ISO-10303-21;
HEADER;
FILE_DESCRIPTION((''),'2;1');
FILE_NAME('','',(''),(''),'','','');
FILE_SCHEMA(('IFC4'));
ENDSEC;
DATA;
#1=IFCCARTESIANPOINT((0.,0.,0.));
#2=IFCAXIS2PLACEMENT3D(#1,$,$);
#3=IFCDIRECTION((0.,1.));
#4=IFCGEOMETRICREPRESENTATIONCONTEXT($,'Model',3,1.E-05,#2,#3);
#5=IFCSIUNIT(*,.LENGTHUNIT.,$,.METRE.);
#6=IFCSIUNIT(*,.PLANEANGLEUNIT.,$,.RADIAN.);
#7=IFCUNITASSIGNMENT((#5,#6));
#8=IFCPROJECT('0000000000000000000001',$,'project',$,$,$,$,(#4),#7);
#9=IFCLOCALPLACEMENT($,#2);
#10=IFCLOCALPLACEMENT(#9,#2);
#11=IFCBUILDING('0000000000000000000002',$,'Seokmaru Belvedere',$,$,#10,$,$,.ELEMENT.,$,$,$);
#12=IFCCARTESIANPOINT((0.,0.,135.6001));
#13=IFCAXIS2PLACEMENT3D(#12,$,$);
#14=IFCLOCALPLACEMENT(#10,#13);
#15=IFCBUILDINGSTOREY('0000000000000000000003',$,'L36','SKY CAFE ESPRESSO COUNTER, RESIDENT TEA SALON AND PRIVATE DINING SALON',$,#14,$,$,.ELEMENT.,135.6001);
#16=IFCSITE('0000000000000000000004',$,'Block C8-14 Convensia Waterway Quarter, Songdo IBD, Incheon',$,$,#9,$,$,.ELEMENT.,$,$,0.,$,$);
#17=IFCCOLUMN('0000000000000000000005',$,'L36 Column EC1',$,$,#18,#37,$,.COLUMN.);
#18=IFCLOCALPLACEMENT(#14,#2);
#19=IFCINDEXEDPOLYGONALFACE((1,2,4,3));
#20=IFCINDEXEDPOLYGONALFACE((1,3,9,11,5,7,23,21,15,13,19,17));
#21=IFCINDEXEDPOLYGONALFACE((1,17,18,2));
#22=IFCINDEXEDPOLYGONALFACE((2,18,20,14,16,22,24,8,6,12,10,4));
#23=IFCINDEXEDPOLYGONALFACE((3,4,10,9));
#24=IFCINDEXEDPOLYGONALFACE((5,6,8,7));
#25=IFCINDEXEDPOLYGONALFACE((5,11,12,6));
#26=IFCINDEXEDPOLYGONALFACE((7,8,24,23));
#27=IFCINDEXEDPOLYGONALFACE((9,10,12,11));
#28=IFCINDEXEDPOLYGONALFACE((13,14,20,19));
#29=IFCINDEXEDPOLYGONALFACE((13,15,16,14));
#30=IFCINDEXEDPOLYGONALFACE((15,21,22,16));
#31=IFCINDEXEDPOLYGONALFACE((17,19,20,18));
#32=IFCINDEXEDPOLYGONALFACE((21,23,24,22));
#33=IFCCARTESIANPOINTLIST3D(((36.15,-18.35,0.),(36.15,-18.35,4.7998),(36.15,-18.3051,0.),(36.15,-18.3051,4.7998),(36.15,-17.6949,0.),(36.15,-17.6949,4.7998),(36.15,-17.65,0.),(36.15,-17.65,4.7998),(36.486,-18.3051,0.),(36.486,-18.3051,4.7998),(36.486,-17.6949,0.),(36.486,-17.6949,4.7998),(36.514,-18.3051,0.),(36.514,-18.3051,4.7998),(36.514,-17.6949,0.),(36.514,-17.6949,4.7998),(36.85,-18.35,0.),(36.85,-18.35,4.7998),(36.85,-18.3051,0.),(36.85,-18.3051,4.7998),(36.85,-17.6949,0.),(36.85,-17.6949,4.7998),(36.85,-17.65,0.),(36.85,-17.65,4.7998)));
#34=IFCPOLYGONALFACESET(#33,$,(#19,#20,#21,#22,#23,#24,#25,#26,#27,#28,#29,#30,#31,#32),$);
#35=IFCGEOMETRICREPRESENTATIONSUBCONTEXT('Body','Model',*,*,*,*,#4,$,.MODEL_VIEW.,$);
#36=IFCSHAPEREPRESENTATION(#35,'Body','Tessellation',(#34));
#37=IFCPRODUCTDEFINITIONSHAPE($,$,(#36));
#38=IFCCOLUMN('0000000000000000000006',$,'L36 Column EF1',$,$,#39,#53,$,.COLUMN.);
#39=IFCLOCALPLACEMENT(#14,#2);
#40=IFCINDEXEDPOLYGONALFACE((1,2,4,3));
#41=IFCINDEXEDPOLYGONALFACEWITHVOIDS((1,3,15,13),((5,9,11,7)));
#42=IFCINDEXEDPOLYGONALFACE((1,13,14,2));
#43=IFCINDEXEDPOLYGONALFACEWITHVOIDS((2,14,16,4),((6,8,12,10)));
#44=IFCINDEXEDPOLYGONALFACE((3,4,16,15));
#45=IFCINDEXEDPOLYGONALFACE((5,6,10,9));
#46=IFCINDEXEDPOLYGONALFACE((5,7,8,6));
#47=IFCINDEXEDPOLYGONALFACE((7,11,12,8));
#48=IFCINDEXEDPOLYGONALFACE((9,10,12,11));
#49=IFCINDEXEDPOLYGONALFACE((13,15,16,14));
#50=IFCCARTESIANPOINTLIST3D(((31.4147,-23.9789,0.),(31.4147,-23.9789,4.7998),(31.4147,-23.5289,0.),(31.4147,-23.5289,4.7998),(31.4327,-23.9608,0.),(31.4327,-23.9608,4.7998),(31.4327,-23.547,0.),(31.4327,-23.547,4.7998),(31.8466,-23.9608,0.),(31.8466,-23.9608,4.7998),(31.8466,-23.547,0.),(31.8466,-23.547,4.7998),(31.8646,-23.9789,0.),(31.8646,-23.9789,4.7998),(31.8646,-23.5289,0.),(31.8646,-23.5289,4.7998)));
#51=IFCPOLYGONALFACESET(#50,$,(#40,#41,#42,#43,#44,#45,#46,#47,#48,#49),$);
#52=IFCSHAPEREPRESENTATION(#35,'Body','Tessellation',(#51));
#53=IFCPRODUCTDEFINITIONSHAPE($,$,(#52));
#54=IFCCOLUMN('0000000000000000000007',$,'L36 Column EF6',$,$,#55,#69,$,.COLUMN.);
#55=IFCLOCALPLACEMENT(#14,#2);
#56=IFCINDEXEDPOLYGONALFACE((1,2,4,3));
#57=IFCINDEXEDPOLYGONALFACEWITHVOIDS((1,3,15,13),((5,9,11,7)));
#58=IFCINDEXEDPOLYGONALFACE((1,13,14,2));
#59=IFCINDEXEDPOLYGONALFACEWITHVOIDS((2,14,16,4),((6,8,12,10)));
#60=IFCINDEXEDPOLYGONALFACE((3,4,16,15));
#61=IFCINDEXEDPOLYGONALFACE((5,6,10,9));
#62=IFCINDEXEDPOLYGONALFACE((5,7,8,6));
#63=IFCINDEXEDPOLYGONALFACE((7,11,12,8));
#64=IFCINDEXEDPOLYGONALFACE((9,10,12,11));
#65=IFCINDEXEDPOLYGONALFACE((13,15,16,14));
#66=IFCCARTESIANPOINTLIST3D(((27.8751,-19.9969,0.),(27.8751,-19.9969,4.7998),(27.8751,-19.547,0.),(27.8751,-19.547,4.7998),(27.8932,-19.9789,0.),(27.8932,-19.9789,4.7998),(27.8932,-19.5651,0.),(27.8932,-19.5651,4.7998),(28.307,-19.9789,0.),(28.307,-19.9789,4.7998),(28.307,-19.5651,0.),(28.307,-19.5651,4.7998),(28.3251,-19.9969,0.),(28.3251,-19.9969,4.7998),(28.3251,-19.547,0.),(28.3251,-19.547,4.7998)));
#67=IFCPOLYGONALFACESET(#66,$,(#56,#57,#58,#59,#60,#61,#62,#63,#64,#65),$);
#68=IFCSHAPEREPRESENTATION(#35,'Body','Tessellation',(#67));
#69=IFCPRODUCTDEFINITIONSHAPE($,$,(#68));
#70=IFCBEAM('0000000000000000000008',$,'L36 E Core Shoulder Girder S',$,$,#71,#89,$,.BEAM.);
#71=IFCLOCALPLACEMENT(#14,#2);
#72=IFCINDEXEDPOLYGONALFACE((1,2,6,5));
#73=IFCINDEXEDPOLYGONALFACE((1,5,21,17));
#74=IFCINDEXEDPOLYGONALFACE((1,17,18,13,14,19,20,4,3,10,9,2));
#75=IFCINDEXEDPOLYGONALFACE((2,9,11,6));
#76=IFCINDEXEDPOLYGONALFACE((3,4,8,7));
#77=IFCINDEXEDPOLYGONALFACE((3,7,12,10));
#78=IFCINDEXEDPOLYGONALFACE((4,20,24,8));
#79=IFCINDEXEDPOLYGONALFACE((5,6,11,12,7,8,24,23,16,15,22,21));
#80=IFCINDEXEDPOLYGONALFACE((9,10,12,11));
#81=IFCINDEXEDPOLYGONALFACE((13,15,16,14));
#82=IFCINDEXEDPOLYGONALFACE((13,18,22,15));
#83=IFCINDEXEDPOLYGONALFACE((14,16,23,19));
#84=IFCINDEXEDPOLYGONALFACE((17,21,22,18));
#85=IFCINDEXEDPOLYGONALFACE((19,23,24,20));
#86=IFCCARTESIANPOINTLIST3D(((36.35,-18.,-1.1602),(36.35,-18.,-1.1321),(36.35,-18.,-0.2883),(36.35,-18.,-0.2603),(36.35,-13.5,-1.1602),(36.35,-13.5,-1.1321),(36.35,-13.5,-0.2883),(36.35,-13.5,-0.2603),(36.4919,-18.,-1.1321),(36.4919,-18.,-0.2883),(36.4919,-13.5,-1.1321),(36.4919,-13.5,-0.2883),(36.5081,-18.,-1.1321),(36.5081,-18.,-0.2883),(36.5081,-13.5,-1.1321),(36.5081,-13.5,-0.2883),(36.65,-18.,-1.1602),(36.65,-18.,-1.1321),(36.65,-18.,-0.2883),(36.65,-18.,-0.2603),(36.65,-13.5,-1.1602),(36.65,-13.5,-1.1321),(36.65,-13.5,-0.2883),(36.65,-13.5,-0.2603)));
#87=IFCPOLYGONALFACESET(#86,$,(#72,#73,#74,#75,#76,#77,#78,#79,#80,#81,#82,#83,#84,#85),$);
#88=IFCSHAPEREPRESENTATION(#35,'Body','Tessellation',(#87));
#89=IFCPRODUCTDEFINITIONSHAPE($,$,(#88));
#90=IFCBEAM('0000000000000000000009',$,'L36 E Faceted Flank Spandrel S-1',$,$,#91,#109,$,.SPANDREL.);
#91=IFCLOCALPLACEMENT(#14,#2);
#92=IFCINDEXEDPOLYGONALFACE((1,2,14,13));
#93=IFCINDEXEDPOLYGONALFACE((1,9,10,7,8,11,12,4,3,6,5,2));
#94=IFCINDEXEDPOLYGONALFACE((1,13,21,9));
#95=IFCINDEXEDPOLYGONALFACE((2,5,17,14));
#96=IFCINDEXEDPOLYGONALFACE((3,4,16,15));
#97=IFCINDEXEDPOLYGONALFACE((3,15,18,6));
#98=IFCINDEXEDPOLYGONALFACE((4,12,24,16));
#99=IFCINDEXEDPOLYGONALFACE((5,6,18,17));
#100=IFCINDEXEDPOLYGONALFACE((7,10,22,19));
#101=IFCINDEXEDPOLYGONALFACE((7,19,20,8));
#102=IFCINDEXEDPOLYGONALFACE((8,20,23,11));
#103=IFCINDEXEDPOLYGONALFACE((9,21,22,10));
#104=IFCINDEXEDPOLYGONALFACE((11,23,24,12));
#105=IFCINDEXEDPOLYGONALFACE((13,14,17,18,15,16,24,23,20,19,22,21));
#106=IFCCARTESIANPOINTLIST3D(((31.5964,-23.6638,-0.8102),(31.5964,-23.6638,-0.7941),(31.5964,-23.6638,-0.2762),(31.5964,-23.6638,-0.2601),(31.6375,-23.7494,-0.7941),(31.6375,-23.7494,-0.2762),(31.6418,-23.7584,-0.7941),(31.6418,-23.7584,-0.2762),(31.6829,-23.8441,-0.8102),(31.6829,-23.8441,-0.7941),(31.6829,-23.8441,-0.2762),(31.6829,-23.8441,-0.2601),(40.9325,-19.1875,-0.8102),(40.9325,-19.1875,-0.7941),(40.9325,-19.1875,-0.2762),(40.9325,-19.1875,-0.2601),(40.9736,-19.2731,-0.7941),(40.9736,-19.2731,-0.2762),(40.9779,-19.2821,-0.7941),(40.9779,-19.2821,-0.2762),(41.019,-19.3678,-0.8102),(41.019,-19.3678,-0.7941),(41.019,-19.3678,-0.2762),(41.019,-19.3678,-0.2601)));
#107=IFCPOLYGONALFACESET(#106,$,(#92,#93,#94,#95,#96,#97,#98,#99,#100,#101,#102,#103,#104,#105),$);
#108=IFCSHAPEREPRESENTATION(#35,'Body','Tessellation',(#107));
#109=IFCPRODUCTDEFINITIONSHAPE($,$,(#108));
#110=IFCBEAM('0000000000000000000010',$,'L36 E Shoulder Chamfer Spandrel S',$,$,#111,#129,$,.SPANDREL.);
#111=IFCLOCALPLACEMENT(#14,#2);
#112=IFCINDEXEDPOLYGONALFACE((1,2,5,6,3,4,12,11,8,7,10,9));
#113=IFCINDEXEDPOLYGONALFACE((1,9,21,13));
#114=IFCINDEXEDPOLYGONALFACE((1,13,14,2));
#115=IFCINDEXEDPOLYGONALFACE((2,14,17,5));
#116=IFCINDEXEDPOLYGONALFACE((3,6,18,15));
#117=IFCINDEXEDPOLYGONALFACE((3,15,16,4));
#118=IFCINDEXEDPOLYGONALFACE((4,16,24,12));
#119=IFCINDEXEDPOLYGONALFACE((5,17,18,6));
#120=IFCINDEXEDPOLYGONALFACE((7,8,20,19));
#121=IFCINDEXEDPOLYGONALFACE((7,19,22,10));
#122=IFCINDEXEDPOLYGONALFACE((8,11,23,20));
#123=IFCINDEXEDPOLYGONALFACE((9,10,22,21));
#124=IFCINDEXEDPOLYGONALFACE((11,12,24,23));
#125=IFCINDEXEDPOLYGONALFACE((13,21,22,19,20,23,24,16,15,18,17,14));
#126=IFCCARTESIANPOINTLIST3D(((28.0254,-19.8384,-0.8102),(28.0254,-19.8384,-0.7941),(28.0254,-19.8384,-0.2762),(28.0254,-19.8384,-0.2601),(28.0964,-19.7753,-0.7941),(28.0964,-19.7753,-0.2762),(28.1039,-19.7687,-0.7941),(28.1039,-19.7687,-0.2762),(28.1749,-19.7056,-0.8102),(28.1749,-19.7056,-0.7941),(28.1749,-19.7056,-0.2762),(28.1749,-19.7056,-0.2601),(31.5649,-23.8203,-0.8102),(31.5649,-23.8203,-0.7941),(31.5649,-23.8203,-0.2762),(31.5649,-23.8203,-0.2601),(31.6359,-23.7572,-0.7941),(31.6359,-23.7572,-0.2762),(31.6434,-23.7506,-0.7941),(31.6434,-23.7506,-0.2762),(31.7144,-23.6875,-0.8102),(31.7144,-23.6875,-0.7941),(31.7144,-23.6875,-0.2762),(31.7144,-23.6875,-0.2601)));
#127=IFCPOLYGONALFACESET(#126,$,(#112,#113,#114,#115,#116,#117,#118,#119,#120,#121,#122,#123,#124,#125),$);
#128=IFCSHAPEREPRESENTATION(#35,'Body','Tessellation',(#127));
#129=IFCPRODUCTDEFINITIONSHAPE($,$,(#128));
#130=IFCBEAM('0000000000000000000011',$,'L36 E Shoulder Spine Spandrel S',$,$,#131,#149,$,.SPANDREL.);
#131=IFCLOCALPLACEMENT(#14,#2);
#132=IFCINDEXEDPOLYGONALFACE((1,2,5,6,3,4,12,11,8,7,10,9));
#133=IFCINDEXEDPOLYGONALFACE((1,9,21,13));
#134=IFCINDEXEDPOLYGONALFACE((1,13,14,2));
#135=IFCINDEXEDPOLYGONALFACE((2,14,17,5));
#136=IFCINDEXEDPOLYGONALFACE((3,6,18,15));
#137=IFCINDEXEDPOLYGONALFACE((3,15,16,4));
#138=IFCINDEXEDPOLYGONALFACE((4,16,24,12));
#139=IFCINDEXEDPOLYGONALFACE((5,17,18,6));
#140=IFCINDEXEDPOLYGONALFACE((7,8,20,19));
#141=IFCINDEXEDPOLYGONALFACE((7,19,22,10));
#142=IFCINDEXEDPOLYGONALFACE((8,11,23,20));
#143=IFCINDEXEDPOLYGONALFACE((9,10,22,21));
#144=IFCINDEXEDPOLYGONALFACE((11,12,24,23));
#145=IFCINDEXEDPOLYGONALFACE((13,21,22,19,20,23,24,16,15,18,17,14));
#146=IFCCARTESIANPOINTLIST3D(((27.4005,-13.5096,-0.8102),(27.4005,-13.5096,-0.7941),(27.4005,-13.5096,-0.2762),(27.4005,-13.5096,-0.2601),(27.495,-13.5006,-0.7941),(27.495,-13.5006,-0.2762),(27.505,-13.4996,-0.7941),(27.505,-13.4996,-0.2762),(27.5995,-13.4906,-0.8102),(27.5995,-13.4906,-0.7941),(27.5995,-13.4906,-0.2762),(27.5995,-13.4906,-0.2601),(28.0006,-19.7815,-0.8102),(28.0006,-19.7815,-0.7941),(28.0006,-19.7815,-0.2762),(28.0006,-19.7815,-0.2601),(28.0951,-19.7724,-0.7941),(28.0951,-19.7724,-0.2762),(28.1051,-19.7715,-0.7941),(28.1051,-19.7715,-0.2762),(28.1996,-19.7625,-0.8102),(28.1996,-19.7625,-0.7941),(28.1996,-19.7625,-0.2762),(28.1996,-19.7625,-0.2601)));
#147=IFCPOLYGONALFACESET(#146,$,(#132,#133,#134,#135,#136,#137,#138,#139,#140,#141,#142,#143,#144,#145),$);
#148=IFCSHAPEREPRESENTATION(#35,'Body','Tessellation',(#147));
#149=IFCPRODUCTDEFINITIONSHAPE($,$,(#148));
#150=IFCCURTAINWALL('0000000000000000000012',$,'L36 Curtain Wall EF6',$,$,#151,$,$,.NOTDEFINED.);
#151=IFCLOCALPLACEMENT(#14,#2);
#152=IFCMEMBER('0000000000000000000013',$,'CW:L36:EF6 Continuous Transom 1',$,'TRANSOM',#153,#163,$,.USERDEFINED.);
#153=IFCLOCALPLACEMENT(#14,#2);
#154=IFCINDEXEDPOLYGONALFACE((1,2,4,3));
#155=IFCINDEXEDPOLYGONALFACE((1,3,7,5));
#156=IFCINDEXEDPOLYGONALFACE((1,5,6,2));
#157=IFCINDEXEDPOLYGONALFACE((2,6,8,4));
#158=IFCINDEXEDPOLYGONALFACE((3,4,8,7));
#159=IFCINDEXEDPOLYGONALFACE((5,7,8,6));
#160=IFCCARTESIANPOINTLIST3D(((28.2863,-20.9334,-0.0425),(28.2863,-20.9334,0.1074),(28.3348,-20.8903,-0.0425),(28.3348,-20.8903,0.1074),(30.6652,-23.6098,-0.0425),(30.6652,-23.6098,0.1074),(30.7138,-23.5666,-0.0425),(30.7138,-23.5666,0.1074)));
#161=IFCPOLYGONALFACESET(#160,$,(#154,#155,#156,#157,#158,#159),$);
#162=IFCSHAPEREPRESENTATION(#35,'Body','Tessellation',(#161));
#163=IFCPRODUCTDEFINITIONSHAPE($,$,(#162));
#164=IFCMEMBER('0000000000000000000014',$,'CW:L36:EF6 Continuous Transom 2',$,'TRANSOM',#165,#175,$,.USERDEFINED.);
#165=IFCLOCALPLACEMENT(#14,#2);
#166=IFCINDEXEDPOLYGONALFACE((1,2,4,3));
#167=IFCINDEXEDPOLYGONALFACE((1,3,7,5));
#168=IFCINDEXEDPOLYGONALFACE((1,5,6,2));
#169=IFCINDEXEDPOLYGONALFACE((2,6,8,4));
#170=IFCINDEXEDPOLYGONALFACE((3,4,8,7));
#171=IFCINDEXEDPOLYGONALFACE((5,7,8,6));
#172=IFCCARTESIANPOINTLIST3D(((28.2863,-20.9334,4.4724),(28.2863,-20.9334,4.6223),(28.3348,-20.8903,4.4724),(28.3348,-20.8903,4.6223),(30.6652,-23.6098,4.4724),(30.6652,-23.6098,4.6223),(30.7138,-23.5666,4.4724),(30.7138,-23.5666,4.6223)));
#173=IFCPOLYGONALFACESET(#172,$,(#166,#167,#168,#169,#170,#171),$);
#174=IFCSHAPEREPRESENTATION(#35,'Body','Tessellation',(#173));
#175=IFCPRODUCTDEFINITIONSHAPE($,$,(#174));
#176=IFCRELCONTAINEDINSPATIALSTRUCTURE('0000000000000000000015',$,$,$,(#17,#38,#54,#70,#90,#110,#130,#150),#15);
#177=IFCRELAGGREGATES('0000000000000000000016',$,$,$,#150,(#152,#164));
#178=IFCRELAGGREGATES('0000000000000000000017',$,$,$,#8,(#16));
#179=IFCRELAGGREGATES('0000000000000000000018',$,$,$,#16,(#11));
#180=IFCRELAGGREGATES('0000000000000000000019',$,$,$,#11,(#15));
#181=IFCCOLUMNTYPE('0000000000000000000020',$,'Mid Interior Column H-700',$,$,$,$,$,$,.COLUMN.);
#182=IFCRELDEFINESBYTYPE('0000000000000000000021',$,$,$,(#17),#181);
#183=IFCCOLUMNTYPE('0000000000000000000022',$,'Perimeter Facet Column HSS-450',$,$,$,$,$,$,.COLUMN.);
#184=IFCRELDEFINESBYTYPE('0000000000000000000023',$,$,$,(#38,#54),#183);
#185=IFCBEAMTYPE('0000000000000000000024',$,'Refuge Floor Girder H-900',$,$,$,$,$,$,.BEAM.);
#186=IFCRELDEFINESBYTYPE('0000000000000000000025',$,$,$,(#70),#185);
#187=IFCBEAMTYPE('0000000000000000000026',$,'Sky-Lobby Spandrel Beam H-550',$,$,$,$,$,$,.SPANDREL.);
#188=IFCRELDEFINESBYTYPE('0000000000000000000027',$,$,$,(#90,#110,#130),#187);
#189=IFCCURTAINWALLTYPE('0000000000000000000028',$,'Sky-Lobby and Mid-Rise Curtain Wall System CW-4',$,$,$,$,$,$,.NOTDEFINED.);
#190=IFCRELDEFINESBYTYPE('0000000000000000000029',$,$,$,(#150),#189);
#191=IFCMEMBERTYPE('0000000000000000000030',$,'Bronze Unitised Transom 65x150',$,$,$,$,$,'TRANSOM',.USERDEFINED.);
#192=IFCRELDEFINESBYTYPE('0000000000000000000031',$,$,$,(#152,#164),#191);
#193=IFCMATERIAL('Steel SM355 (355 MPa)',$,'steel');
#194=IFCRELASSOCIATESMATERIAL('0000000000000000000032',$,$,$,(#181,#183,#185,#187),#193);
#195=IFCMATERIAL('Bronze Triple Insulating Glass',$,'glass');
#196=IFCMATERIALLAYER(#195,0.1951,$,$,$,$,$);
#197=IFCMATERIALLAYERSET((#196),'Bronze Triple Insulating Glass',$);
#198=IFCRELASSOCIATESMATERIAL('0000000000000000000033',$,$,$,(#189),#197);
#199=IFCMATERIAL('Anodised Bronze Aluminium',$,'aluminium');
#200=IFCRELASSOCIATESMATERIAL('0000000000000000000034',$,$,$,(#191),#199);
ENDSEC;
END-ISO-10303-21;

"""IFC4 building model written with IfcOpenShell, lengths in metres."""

from ifc_helpers import new_model, si_unit, direction, frame, origin, origin_2d, place, context, subcontext, project, spatial, rectangle, hollow_rectangle, i_section, extrude, source, transform, mapped, material, layer, layer_set, material_profile, profile_set, type_object, type_shapes, element, aggregate, save


model = new_model("IFC4")

# Units and contexts
model_context = context("Model", 3, precision=1e-05, world=origin(), true_north=direction((0.0, 1.0)))
body_context = subcontext(model_context, "Body", "Model", "MODEL_VIEW")
ifc_project = project(units=[si_unit("LENGTHUNIT", "METRE"), si_unit("PLANEANGLEUNIT", "RADIAN")], contexts=[model_context])

# Site, building, storey
site_placement = place(None, origin())
site = spatial("IfcSite", under=ifc_project, at=site_placement, Name="Block C8-14 Convensia Waterway Quarter, Songdo IBD, Incheon", CompositionType="ELEMENT", RefElevation=0.0)
building_placement = place(site_placement, origin())
building = spatial("IfcBuilding", under=site, at=building_placement, Name="Seokmaru Belvedere", CompositionType="ELEMENT")
storey_placement = place(building_placement, frame((0.0, 0.0, 135.6001)))
storey = spatial("IfcBuildingStorey", under=building, at=storey_placement, Name="L36", Description="SKY CAFE ESPRESSO COUNTER, RESIDENT TEA SALON AND PRIVATE DINING SALON", CompositionType="ELEMENT", Elevation=135.6001)

# Columns
ifc_material_1 = material(Name="Steel SM355 (355 MPa)", Category="steel")
ifc_material_profile_1 = material_profile(ifc_material_1, i_section(OverallWidth=0.7, OverallDepth=0.7, WebThickness=0.0281, FlangeThickness=0.0449, at=origin_2d()), Name="H-700x700x28x45")
ifc_profile_set_1 = profile_set([ifc_material_profile_1], Name="Steel SM355 (355 MPa)")
column_type_1 = type_object("IfcColumnType", Name="Mid Interior Column H-700", PredefinedType="COLUMN", material=ifc_profile_set_1)
shared_shape_1 = source(origin(), body_context, "Body", "SweptSolid", [
    extrude(i_section(OverallWidth=0.7, OverallDepth=0.7, WebThickness=0.0281, FlangeThickness=0.0449, at=origin_2d()), origin(), (0.0, 0.0, 1.0), 4.7998),
])
type_shapes(column_type_1, [shared_shape_1])
column_placement = place(storey_placement, frame((36.5, -18.0, 0.0), z_axis=(0.0, 0.0, 1.0), x_axis=(1.0, 0.0, 0.0)))
element("IfcColumn", 1, at=column_placement, inside=storey, type_object=column_type_1, Name="L36 Column EC1", PredefinedType="COLUMN", context=body_context, shape_type="MappedRepresentation", body=[
    mapped(shared_shape_1, transform((0.0, 0.0, 0.0), scale=1.0)),
])
ifc_material_profile_2 = material_profile(ifc_material_1, hollow_rectangle(XDim=0.45, YDim=0.45, WallThickness=0.0181, at=origin_2d()), Name="HSS-450x450x18")
ifc_profile_set_2 = profile_set([ifc_material_profile_2], Name="Steel SM355 (355 MPa)")
column_type_2 = type_object("IfcColumnType", Name="Perimeter Facet Column HSS-450", PredefinedType="COLUMN", material=ifc_profile_set_2)
shared_shape_2 = source(origin(), body_context, "Body", "SweptSolid", [
    extrude(hollow_rectangle(XDim=0.45, YDim=0.45, WallThickness=0.0181, at=origin_2d()), origin(), (0.0, 0.0, 1.0), 4.7998),
])
type_shapes(column_type_2, [shared_shape_2])
for number, where, z_axis, x_axis, name in (
    (2, (31.6396, -23.7539, 0.0), (0.0, 0.0, 1.0), (1.0, 0.0, 0.0), "L36 Column EF1"),
    (3, (28.1001, -19.772, 0.0), (0.0, 0.0, 1.0), (1.0, 0.0, 0.0), "L36 Column EF6"),
):
    element("IfcColumn", number, at=place(storey_placement, frame(where, z_axis=z_axis, x_axis=x_axis)), inside=storey, type_object=column_type_2, Name=name, PredefinedType="COLUMN", context=body_context, shape_type="MappedRepresentation", body=[
        mapped(shared_shape_2, transform((0.0, 0.0, 0.0), scale=1.0)),
    ])

# Beams
ifc_material_profile_3 = material_profile(ifc_material_1, i_section(OverallWidth=0.3, OverallDepth=0.8999, WebThickness=0.0161, FlangeThickness=0.0281, at=origin_2d()), Name="H-900x300x16x28")
ifc_profile_set_3 = profile_set([ifc_material_profile_3], Name="Steel SM355 (355 MPa)")
beam_type_1 = type_object("IfcBeamType", Name="Refuge Floor Girder H-900", PredefinedType="BEAM", material=ifc_profile_set_3)
shared_shape_3 = source(origin(), body_context, "Body", "SweptSolid", [
    extrude(i_section(OverallWidth=0.3, OverallDepth=0.8999, WebThickness=0.0161, FlangeThickness=0.0281, at=origin_2d()), origin(), (0.0, 0.0, 1.0), 4.5),
])
type_shapes(beam_type_1, [shared_shape_3])
beam_1_placement = place(storey_placement, frame((36.5, -18.0, -0.7102), z_axis=(0.0, 1.0, 0.0), x_axis=(-1.0, 0.0, 0.0)))
element("IfcBeam", 4, at=beam_1_placement, inside=storey, type_object=beam_type_1, Name="L36 E Core Shoulder Girder S", PredefinedType="BEAM", context=body_context, shape_type="MappedRepresentation", body=[
    mapped(shared_shape_3, transform((0.0, 0.0, 0.0), scale=1.0)),
])
ifc_material_profile_4 = material_profile(ifc_material_1, i_section(OverallWidth=0.2, OverallDepth=0.55, WebThickness=0.01, FlangeThickness=0.0161, at=origin_2d()), Name="H-550x200x10x16")
ifc_profile_set_4 = profile_set([ifc_material_profile_4], Name="Steel SM355 (355 MPa)")
beam_type_2 = type_object("IfcBeamType", Name="Sky-Lobby Spandrel Beam H-550", PredefinedType="SPANDREL", material=ifc_profile_set_4)
shared_shape_4 = source(origin(), body_context, "Body", "SweptSolid", [
    extrude(i_section(OverallWidth=0.2, OverallDepth=0.55, WebThickness=0.01, FlangeThickness=0.0161, at=origin_2d()), origin(), (0.0, 0.0, 1.0), 10.3538),
])
beam_2_placement = place(storey_placement, frame((31.6396, -23.7539, -0.5352), z_axis=(0.901713, 0.432335, 0.0), x_axis=(-0.432335, 0.901713, 0.0)))
element("IfcBeam", 5, at=beam_2_placement, inside=storey, type_object=beam_type_2, Name="L36 E Faceted Flank Spandrel S-1", PredefinedType="SPANDREL", context=body_context, shape_type="MappedRepresentation", body=[
    mapped(shared_shape_4, transform((0.0, 0.0, 0.0), scale=1.0)),
])
shared_shape_5 = source(origin(), body_context, "Body", "SweptSolid", [
    extrude(i_section(OverallWidth=0.2, OverallDepth=0.55, WebThickness=0.01, FlangeThickness=0.0161, at=origin_2d()), origin(), (0.0, 0.0, 1.0), 5.3276),
])
beam_3_placement = place(storey_placement, frame((31.6396, -23.7539, -0.5352), z_axis=(-0.66437, 0.747404, 0.0), x_axis=(-0.747404, -0.66437, 0.0)))
element("IfcBeam", 6, at=beam_3_placement, inside=storey, type_object=beam_type_2, Name="L36 E Shoulder Chamfer Spandrel S", PredefinedType="SPANDREL", context=body_context, shape_type="MappedRepresentation", body=[
    mapped(shared_shape_5, transform((0.0, 0.0, 0.0), scale=1.0)),
])
shared_shape_6 = source(origin(), body_context, "Body", "SweptSolid", [
    extrude(i_section(OverallWidth=0.2, OverallDepth=0.55, WebThickness=0.01, FlangeThickness=0.0161, at=origin_2d()), origin(), (0.0, 0.0, 1.0), 6.3005),
])
type_shapes(beam_type_2, [shared_shape_4, shared_shape_5, shared_shape_6])
beam_4_placement = place(storey_placement, frame((28.1001, -19.772, -0.5352), z_axis=(-0.095244, 0.995454, 0.0), x_axis=(-0.995454, -0.095244, 0.0)))
element("IfcBeam", 7, at=beam_4_placement, inside=storey, type_object=beam_type_2, Name="L36 E Shoulder Spine Spandrel S", PredefinedType="SPANDREL", context=body_context, shape_type="MappedRepresentation", body=[
    mapped(shared_shape_6, transform((0.0, 0.0, 0.0), scale=1.0)),
])

# Curtain wall, members
ifc_material_2 = material(Name="Bronze Triple Insulating Glass", Category="glass")
ifc_layer_1 = layer(ifc_material_2, 0.1951)
ifc_layer_set_1 = layer_set([ifc_layer_1], Name="Bronze Triple Insulating Glass")
curtain_wall_type = type_object("IfcCurtainWallType", Name="Sky-Lobby and Mid-Rise Curtain Wall System CW-4", PredefinedType="NOTDEFINED", material=ifc_layer_set_1)
curtain_wall_1_placement = place(storey_placement, origin())
curtain_wall_1 = element("IfcCurtainWall", 8, at=curtain_wall_1_placement, inside=storey, type_object=curtain_wall_type, Name="L36 Curtain Wall EF6", PredefinedType="NOTDEFINED")
ifc_material_3 = material(Name="Anodised Bronze Aluminium", Category="aluminium")
ifc_material_profile_5 = material_profile(ifc_material_3, rectangle(XDim=0.0649, YDim=0.1499, at=origin_2d()), Name="CW-T-65x150")
ifc_profile_set_5 = profile_set([ifc_material_profile_5], Name="Anodised Bronze Aluminium")
member_type_1 = type_object("IfcMemberType", Name="Bronze Unitised Transom 65x150", ElementType="TRANSOM", PredefinedType="USERDEFINED", material=ifc_profile_set_5)
shared_shape_7 = source(origin(), body_context, "Body", "SweptSolid", [
    extrude(rectangle(XDim=0.0649, YDim=0.1499, at=origin_2d()), origin(), (0.0, 0.0, 1.0), 3.5808),
])
member_1_placement = place(storey_placement, frame((28.3105, -20.9119, 0.0325), z_axis=(0.664364, -0.747409, 0.0), x_axis=(0.747409, 0.664364, 0.0)))
member_1 = element("IfcMember", 9, at=member_1_placement, type_object=member_type_1, Name="CW:L36:EF6 Continuous Transom 1", ObjectType="TRANSOM", PredefinedType="USERDEFINED", context=body_context, shape_type="MappedRepresentation", body=[
    mapped(shared_shape_7, transform((0.0, 0.0, 0.0), scale=1.0)),
])
member_2_placement = place(storey_placement, frame((28.3105, -20.9119, 4.5474), z_axis=(0.664364, -0.747409, 0.0), x_axis=(0.747409, 0.664364, 0.0)))
member_2 = element("IfcMember", 10, at=member_2_placement, type_object=member_type_1, Name="CW:L36:EF6 Continuous Transom 2", ObjectType="TRANSOM", PredefinedType="USERDEFINED", context=body_context, shape_type="MappedRepresentation", body=[
    mapped(shared_shape_7, transform((0.0, 0.0, 0.0), scale=1.0)),
])

aggregate(curtain_wall_1, [member_1, member_2])

save(model, "model.ifc")
